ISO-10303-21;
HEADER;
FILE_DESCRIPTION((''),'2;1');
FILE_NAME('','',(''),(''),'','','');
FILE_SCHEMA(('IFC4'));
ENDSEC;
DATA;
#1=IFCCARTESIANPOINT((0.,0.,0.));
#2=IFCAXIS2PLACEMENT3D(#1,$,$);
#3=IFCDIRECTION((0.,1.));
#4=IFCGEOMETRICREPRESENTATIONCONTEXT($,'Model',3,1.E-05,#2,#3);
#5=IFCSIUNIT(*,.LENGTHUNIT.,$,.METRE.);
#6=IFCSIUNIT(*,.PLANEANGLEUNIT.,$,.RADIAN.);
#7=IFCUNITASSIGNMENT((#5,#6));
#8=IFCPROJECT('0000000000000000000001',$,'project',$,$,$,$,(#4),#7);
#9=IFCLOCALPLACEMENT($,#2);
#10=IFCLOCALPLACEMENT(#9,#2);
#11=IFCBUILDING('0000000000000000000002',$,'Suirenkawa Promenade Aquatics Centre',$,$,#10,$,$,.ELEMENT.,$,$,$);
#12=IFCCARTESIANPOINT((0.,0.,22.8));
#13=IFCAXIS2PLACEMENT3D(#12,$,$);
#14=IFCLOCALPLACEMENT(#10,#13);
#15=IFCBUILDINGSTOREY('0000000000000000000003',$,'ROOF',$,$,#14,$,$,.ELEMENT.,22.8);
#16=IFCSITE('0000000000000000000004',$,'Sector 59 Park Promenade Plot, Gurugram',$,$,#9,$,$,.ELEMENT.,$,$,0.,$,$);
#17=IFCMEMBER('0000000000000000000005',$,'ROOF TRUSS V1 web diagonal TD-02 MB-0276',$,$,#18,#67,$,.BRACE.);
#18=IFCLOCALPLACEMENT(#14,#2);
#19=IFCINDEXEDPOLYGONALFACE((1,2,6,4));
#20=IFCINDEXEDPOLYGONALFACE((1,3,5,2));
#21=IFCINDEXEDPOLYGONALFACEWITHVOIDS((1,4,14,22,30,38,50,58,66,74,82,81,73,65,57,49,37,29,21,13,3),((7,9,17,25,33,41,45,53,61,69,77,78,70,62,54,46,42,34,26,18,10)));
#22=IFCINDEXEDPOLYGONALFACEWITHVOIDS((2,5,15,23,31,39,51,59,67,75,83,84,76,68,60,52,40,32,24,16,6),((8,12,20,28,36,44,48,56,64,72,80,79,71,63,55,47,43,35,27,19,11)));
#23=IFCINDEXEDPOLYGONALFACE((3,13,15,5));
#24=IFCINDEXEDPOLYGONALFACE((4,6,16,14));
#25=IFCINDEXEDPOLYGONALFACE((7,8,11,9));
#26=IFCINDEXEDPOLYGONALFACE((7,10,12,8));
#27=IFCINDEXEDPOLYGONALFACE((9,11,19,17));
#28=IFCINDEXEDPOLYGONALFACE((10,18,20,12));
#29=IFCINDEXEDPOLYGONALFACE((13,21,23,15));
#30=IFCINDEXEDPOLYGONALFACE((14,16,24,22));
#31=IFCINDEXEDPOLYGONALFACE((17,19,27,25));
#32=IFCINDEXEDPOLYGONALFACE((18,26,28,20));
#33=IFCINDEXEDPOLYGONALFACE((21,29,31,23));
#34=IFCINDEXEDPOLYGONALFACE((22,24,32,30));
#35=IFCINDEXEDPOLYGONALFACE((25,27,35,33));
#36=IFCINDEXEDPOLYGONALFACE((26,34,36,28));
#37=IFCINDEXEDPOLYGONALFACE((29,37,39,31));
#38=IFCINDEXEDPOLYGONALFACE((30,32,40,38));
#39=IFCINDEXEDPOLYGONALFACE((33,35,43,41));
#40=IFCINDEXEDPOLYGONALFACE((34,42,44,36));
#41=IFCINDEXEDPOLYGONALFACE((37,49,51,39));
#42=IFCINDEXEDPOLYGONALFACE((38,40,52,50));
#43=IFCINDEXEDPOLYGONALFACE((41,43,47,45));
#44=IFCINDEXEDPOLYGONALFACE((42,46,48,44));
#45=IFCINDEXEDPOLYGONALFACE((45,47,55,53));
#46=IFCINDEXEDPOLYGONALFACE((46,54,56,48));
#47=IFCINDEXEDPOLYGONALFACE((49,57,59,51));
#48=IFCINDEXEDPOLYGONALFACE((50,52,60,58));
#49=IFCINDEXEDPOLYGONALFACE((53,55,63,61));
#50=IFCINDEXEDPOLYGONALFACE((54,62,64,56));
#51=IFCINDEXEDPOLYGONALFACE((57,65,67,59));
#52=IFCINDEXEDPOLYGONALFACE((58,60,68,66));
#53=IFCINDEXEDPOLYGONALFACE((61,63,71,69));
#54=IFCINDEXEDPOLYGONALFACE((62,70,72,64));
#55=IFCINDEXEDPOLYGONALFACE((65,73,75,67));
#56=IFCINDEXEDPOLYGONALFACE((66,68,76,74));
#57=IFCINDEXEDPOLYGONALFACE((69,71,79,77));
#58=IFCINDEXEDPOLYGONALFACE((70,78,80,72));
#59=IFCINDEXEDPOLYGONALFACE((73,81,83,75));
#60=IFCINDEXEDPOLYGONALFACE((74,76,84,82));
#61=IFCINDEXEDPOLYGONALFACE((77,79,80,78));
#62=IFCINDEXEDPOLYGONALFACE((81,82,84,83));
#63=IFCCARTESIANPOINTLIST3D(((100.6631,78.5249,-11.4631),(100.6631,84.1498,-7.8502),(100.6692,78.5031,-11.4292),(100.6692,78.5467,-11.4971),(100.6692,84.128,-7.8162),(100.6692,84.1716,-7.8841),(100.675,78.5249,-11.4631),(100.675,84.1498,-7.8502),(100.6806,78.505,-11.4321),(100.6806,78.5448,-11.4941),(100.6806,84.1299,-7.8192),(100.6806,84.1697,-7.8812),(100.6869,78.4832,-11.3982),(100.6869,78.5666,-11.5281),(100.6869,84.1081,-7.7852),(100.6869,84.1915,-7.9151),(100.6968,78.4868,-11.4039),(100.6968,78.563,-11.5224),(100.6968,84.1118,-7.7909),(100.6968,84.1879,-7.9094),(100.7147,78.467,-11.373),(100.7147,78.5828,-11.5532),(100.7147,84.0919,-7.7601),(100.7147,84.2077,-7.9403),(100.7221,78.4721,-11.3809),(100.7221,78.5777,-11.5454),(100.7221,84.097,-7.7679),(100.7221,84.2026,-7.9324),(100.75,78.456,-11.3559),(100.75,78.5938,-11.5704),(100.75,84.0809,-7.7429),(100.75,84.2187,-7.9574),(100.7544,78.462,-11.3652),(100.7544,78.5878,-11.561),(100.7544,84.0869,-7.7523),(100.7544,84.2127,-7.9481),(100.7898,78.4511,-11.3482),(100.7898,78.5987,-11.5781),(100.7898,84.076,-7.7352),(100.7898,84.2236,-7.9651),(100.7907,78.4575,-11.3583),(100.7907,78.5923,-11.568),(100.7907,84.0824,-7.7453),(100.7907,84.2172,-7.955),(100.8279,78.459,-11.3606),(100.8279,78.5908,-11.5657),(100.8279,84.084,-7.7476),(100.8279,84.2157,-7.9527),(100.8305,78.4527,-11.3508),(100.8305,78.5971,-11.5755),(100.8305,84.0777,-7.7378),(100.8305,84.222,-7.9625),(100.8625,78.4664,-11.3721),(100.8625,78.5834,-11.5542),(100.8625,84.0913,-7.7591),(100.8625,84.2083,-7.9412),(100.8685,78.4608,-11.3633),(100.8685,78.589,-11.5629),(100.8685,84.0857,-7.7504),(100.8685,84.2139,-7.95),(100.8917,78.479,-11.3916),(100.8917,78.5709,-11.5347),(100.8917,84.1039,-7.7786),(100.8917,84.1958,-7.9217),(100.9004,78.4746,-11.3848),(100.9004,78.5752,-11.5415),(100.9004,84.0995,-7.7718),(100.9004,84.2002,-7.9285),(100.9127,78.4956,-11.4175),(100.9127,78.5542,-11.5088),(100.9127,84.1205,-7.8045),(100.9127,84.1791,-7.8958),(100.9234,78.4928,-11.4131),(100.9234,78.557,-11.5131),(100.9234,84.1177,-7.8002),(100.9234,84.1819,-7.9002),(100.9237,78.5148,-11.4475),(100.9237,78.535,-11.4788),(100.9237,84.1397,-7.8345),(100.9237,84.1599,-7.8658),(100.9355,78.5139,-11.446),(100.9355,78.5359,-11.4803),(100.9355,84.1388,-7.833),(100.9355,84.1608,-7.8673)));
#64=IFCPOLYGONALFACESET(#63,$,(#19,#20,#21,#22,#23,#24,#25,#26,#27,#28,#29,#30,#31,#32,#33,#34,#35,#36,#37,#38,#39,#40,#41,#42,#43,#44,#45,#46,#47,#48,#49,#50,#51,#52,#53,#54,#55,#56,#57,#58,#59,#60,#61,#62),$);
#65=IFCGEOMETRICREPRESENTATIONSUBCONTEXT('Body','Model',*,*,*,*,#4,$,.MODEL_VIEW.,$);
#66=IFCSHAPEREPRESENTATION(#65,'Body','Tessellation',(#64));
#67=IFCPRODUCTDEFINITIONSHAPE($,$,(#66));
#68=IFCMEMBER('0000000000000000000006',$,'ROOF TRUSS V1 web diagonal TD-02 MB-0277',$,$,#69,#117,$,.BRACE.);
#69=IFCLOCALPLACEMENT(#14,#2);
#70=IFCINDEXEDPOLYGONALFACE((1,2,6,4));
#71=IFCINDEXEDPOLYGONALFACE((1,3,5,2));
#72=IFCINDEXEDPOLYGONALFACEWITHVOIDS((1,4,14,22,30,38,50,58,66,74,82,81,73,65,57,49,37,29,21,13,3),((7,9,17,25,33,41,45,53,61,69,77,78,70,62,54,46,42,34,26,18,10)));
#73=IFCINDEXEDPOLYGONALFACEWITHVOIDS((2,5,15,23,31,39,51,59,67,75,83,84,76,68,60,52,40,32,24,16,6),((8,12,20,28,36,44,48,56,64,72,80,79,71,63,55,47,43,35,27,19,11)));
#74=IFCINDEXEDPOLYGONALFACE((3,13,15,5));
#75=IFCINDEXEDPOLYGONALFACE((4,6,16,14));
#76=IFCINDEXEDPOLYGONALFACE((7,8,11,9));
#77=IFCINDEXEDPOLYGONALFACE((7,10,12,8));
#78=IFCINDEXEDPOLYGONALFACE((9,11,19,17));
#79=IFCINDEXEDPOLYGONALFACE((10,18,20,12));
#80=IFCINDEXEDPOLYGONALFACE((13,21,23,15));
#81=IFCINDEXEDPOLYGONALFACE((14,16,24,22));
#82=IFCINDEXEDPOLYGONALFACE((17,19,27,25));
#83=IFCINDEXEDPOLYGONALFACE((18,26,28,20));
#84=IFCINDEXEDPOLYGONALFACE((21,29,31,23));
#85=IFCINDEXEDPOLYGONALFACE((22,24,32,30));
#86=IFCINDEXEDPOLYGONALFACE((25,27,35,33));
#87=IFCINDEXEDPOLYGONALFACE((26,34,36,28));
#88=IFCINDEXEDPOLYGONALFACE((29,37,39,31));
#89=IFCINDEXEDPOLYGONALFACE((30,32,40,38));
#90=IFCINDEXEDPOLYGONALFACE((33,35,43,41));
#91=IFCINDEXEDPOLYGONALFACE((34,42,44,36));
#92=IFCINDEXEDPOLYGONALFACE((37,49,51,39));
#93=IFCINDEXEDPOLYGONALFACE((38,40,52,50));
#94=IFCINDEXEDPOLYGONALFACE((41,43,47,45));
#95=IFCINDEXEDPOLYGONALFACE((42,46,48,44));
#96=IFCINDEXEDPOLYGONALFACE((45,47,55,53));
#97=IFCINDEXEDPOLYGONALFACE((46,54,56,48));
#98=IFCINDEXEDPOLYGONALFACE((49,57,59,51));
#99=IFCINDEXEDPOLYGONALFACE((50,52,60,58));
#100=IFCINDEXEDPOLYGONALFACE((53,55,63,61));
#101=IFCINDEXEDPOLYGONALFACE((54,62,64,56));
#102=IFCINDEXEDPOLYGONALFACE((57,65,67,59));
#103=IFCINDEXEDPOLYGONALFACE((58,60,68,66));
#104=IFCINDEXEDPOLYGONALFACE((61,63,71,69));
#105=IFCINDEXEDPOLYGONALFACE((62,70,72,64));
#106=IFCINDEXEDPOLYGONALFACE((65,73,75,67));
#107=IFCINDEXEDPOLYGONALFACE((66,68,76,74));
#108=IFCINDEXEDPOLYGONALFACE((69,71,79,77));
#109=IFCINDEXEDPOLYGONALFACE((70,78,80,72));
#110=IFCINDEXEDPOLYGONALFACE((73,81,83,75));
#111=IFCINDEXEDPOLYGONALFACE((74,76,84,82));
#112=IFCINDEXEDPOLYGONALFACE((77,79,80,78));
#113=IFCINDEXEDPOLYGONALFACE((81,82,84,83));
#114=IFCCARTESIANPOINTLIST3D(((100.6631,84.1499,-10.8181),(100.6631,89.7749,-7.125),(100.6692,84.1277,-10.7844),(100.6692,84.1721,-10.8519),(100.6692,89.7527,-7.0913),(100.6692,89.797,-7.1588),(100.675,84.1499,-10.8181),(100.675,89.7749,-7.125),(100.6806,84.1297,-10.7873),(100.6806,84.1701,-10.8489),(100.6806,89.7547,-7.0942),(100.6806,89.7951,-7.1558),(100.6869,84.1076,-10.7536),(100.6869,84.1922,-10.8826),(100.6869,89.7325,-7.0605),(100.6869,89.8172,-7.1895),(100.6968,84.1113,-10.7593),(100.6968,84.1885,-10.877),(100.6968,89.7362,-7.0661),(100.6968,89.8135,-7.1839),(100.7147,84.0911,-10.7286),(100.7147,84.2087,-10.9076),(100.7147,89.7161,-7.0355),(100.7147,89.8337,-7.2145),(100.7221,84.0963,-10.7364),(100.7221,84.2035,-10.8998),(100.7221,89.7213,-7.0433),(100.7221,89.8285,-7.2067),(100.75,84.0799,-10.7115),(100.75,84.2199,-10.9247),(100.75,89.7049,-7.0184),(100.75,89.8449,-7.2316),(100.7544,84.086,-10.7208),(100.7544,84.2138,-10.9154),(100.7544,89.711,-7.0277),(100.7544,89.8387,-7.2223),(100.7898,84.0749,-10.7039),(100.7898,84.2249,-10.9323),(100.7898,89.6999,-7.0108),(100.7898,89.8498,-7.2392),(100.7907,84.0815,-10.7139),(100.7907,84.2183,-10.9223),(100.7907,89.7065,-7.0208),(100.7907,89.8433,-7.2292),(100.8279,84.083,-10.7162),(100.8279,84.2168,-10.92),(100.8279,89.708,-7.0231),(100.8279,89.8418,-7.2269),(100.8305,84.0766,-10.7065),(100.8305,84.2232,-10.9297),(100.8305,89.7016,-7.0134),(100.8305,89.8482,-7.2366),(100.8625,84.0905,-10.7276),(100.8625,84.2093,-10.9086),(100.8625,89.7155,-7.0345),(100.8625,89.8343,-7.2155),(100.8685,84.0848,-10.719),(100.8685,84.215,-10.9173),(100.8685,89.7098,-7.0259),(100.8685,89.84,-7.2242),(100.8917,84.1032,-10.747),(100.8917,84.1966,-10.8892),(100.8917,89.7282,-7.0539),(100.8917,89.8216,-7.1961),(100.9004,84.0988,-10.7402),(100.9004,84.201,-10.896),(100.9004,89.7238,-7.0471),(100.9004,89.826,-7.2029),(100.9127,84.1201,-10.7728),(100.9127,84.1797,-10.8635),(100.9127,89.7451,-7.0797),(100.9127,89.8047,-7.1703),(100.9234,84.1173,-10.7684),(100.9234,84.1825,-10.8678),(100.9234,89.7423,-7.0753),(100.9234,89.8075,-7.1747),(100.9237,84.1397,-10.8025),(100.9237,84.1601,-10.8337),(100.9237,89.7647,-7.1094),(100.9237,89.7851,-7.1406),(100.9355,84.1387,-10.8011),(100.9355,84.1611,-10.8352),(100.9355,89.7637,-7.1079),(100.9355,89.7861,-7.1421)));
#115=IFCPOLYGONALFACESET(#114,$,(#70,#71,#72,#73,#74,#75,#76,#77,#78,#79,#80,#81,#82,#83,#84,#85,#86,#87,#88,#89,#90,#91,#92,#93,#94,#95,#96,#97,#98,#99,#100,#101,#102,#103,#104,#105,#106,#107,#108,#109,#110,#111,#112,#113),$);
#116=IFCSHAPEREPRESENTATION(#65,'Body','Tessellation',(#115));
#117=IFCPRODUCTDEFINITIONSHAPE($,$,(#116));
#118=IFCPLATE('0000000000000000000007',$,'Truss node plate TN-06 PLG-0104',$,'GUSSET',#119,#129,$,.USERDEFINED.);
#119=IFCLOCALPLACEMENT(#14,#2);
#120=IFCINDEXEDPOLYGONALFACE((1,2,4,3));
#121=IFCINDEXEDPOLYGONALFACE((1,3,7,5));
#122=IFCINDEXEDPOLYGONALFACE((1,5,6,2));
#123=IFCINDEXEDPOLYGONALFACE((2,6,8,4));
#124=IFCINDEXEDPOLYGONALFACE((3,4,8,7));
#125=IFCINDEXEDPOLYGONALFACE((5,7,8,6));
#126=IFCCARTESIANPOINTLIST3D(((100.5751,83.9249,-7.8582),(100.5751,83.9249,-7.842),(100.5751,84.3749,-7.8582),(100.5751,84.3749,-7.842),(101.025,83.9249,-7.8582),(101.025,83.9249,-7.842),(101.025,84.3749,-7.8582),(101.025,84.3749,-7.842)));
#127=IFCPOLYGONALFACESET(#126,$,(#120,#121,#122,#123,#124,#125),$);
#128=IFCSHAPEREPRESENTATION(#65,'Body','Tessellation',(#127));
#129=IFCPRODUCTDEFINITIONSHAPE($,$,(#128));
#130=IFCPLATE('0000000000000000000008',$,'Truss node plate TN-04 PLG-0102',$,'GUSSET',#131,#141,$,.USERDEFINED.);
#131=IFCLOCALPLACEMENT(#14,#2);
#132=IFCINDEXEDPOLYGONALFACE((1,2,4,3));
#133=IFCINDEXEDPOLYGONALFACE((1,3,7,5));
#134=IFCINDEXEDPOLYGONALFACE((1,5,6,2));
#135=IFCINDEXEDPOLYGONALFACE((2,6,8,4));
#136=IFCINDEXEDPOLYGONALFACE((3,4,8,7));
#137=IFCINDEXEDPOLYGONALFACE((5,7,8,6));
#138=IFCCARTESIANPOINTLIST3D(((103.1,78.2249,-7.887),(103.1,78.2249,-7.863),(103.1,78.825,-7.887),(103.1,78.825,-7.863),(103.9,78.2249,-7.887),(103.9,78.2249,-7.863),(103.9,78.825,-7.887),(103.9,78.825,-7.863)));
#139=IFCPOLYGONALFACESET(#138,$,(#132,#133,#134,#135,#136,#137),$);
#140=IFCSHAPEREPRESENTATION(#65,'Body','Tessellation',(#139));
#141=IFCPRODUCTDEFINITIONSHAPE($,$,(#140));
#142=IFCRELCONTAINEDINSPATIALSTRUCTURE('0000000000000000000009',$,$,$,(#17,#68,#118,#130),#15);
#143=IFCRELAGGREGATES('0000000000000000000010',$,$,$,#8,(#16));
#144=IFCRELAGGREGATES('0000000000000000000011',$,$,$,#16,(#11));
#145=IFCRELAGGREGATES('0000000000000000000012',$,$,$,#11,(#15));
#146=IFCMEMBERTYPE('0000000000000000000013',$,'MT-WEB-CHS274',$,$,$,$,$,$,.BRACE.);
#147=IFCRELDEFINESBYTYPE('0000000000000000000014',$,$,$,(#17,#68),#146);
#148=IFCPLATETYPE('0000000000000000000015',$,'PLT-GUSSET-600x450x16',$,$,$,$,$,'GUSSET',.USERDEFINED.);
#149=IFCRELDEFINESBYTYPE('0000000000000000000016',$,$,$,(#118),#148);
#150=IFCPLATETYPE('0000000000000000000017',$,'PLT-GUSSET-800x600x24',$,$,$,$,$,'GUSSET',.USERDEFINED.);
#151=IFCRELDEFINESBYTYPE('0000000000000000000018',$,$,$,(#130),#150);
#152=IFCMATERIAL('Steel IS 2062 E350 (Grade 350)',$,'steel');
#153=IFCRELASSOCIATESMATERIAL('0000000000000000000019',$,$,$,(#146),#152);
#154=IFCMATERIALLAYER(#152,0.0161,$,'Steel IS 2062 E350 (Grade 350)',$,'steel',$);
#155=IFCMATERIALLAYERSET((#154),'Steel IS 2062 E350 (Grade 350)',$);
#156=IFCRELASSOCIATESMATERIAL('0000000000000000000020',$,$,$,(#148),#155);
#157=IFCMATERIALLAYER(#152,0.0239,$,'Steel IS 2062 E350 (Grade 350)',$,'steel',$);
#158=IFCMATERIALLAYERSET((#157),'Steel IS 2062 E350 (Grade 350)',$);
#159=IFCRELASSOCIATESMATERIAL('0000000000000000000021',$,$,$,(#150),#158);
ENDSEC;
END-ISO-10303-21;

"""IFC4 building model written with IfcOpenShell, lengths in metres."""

from ifc_helpers import new_model, si_unit, direction, frame, origin, origin_2d, place, context, subcontext, project, spatial, rectangle, hollow_circle, extrude, material, layer, layer_set, material_profile, profile_set, type_object, element, save


model = new_model("IFC4")

# Units and contexts
model_context = context("Model", 3, precision=1e-05, world=origin(), true_north=direction((0.0, 1.0)))
body_context = subcontext(model_context, "Body", "Model", "MODEL_VIEW")
ifc_project = project(units=[si_unit("LENGTHUNIT", "METRE"), si_unit("PLANEANGLEUNIT", "RADIAN")], contexts=[model_context])

# Site, building, storey
site_placement = place(None, origin())
site = spatial("IfcSite", under=ifc_project, at=site_placement, Name="Sector 59 Park Promenade Plot, Gurugram", CompositionType="ELEMENT", RefElevation=0.0)
building_placement = place(site_placement, origin())
building = spatial("IfcBuilding", under=site, at=building_placement, Name="Suirenkawa Promenade Aquatics Centre", CompositionType="ELEMENT")
storey_placement = place(building_placement, frame((0.0, 0.0, 22.8)))
storey = spatial("IfcBuildingStorey", under=building, at=storey_placement, Name="ROOF", CompositionType="ELEMENT", Elevation=22.8)

# Shared definitions
ifc_material = material(Name="Steel IS 2062 E350 (Grade 350)", Category="steel")

# Members
ifc_material_profile_1 = material_profile(ifc_material, hollow_circle(Radius=0.137, WallThickness=0.012, at=origin_2d()), Name="CHS 274x12", Category="steel")
ifc_profile_set_1 = profile_set([ifc_material_profile_1], Name="Steel IS 2062 E350 (Grade 350)")
member_type_1 = type_object("IfcMemberType", Name="MT-WEB-CHS274", PredefinedType="BRACE", material=ifc_profile_set_1)
member_1_placement = place(storey_placement, frame((100.8, 78.5249, -11.4631), z_axis=(0.0, 0.841385, 0.540436), x_axis=(-1.0, 0.0, 0.0)))
element("IfcMember", 1, at=member_1_placement, inside=storey, type_object=member_type_1, Name="ROOF TRUSS V1 web diagonal TD-02 MB-0276", PredefinedType="BRACE", context=body_context, shape_type="SweptSolid", body=[
    extrude(hollow_circle(Radius=0.137, WallThickness=0.012, at=origin_2d()), origin(), (0.0, 0.0, 1.0), 6.6853),
])
member_2_placement = place(storey_placement, frame((100.8, 84.1499, -10.8181), z_axis=(0.0, 0.835931, 0.548834), x_axis=(-1.0, 0.0, 0.0)))
element("IfcMember", 2, at=member_2_placement, inside=storey, type_object=member_type_1, Name="ROOF TRUSS V1 web diagonal TD-02 MB-0277", PredefinedType="BRACE", context=body_context, shape_type="SweptSolid", body=[
    extrude(hollow_circle(Radius=0.137, WallThickness=0.012, at=origin_2d()), origin(), (0.0, 0.0, 1.0), 6.729),
])

# Plates
ifc_layer_1 = layer(ifc_material, 0.0161, Name="Steel IS 2062 E350 (Grade 350)", Category="steel")
ifc_layer_set_1 = layer_set([ifc_layer_1], Name="Steel IS 2062 E350 (Grade 350)")
plate_type_1 = type_object("IfcPlateType", Name="PLT-GUSSET-600x450x16", ElementType="GUSSET", PredefinedType="USERDEFINED", material=ifc_layer_set_1)
plate_1_placement = place(storey_placement, frame((100.8, 84.1499, -7.8582), z_axis=(0.0, 0.0, 1.0), x_axis=(1.0, 0.0, 0.0)))
element("IfcPlate", 3, at=plate_1_placement, inside=storey, type_object=plate_type_1, Name="Truss node plate TN-06 PLG-0104", ObjectType="GUSSET", PredefinedType="USERDEFINED", context=body_context, shape_type="SweptSolid", body=[
    extrude(rectangle(XDim=0.45, YDim=0.45, at=origin_2d()), origin(), (0.0, 0.0, 1.0), 0.0161),
])
ifc_layer_2 = layer(ifc_material, 0.0239, Name="Steel IS 2062 E350 (Grade 350)", Category="steel")
ifc_layer_set_2 = layer_set([ifc_layer_2], Name="Steel IS 2062 E350 (Grade 350)")
plate_type_2 = type_object("IfcPlateType", Name="PLT-GUSSET-800x600x24", ElementType="GUSSET", PredefinedType="USERDEFINED", material=ifc_layer_set_2)
plate_2_placement = place(storey_placement, frame((103.5, 78.5249, -7.887), z_axis=(0.0, 0.0, 1.0), x_axis=(1.0, 0.0, 0.0)))
element("IfcPlate", 4, at=plate_2_placement, inside=storey, type_object=plate_type_2, Name="Truss node plate TN-04 PLG-0102", ObjectType="GUSSET", PredefinedType="USERDEFINED", context=body_context, shape_type="SweptSolid", body=[
    extrude(rectangle(XDim=0.8, YDim=0.6001, at=origin_2d()), origin(), (0.0, 0.0, 1.0), 0.0239),
])

save(model, "model.ifc")
